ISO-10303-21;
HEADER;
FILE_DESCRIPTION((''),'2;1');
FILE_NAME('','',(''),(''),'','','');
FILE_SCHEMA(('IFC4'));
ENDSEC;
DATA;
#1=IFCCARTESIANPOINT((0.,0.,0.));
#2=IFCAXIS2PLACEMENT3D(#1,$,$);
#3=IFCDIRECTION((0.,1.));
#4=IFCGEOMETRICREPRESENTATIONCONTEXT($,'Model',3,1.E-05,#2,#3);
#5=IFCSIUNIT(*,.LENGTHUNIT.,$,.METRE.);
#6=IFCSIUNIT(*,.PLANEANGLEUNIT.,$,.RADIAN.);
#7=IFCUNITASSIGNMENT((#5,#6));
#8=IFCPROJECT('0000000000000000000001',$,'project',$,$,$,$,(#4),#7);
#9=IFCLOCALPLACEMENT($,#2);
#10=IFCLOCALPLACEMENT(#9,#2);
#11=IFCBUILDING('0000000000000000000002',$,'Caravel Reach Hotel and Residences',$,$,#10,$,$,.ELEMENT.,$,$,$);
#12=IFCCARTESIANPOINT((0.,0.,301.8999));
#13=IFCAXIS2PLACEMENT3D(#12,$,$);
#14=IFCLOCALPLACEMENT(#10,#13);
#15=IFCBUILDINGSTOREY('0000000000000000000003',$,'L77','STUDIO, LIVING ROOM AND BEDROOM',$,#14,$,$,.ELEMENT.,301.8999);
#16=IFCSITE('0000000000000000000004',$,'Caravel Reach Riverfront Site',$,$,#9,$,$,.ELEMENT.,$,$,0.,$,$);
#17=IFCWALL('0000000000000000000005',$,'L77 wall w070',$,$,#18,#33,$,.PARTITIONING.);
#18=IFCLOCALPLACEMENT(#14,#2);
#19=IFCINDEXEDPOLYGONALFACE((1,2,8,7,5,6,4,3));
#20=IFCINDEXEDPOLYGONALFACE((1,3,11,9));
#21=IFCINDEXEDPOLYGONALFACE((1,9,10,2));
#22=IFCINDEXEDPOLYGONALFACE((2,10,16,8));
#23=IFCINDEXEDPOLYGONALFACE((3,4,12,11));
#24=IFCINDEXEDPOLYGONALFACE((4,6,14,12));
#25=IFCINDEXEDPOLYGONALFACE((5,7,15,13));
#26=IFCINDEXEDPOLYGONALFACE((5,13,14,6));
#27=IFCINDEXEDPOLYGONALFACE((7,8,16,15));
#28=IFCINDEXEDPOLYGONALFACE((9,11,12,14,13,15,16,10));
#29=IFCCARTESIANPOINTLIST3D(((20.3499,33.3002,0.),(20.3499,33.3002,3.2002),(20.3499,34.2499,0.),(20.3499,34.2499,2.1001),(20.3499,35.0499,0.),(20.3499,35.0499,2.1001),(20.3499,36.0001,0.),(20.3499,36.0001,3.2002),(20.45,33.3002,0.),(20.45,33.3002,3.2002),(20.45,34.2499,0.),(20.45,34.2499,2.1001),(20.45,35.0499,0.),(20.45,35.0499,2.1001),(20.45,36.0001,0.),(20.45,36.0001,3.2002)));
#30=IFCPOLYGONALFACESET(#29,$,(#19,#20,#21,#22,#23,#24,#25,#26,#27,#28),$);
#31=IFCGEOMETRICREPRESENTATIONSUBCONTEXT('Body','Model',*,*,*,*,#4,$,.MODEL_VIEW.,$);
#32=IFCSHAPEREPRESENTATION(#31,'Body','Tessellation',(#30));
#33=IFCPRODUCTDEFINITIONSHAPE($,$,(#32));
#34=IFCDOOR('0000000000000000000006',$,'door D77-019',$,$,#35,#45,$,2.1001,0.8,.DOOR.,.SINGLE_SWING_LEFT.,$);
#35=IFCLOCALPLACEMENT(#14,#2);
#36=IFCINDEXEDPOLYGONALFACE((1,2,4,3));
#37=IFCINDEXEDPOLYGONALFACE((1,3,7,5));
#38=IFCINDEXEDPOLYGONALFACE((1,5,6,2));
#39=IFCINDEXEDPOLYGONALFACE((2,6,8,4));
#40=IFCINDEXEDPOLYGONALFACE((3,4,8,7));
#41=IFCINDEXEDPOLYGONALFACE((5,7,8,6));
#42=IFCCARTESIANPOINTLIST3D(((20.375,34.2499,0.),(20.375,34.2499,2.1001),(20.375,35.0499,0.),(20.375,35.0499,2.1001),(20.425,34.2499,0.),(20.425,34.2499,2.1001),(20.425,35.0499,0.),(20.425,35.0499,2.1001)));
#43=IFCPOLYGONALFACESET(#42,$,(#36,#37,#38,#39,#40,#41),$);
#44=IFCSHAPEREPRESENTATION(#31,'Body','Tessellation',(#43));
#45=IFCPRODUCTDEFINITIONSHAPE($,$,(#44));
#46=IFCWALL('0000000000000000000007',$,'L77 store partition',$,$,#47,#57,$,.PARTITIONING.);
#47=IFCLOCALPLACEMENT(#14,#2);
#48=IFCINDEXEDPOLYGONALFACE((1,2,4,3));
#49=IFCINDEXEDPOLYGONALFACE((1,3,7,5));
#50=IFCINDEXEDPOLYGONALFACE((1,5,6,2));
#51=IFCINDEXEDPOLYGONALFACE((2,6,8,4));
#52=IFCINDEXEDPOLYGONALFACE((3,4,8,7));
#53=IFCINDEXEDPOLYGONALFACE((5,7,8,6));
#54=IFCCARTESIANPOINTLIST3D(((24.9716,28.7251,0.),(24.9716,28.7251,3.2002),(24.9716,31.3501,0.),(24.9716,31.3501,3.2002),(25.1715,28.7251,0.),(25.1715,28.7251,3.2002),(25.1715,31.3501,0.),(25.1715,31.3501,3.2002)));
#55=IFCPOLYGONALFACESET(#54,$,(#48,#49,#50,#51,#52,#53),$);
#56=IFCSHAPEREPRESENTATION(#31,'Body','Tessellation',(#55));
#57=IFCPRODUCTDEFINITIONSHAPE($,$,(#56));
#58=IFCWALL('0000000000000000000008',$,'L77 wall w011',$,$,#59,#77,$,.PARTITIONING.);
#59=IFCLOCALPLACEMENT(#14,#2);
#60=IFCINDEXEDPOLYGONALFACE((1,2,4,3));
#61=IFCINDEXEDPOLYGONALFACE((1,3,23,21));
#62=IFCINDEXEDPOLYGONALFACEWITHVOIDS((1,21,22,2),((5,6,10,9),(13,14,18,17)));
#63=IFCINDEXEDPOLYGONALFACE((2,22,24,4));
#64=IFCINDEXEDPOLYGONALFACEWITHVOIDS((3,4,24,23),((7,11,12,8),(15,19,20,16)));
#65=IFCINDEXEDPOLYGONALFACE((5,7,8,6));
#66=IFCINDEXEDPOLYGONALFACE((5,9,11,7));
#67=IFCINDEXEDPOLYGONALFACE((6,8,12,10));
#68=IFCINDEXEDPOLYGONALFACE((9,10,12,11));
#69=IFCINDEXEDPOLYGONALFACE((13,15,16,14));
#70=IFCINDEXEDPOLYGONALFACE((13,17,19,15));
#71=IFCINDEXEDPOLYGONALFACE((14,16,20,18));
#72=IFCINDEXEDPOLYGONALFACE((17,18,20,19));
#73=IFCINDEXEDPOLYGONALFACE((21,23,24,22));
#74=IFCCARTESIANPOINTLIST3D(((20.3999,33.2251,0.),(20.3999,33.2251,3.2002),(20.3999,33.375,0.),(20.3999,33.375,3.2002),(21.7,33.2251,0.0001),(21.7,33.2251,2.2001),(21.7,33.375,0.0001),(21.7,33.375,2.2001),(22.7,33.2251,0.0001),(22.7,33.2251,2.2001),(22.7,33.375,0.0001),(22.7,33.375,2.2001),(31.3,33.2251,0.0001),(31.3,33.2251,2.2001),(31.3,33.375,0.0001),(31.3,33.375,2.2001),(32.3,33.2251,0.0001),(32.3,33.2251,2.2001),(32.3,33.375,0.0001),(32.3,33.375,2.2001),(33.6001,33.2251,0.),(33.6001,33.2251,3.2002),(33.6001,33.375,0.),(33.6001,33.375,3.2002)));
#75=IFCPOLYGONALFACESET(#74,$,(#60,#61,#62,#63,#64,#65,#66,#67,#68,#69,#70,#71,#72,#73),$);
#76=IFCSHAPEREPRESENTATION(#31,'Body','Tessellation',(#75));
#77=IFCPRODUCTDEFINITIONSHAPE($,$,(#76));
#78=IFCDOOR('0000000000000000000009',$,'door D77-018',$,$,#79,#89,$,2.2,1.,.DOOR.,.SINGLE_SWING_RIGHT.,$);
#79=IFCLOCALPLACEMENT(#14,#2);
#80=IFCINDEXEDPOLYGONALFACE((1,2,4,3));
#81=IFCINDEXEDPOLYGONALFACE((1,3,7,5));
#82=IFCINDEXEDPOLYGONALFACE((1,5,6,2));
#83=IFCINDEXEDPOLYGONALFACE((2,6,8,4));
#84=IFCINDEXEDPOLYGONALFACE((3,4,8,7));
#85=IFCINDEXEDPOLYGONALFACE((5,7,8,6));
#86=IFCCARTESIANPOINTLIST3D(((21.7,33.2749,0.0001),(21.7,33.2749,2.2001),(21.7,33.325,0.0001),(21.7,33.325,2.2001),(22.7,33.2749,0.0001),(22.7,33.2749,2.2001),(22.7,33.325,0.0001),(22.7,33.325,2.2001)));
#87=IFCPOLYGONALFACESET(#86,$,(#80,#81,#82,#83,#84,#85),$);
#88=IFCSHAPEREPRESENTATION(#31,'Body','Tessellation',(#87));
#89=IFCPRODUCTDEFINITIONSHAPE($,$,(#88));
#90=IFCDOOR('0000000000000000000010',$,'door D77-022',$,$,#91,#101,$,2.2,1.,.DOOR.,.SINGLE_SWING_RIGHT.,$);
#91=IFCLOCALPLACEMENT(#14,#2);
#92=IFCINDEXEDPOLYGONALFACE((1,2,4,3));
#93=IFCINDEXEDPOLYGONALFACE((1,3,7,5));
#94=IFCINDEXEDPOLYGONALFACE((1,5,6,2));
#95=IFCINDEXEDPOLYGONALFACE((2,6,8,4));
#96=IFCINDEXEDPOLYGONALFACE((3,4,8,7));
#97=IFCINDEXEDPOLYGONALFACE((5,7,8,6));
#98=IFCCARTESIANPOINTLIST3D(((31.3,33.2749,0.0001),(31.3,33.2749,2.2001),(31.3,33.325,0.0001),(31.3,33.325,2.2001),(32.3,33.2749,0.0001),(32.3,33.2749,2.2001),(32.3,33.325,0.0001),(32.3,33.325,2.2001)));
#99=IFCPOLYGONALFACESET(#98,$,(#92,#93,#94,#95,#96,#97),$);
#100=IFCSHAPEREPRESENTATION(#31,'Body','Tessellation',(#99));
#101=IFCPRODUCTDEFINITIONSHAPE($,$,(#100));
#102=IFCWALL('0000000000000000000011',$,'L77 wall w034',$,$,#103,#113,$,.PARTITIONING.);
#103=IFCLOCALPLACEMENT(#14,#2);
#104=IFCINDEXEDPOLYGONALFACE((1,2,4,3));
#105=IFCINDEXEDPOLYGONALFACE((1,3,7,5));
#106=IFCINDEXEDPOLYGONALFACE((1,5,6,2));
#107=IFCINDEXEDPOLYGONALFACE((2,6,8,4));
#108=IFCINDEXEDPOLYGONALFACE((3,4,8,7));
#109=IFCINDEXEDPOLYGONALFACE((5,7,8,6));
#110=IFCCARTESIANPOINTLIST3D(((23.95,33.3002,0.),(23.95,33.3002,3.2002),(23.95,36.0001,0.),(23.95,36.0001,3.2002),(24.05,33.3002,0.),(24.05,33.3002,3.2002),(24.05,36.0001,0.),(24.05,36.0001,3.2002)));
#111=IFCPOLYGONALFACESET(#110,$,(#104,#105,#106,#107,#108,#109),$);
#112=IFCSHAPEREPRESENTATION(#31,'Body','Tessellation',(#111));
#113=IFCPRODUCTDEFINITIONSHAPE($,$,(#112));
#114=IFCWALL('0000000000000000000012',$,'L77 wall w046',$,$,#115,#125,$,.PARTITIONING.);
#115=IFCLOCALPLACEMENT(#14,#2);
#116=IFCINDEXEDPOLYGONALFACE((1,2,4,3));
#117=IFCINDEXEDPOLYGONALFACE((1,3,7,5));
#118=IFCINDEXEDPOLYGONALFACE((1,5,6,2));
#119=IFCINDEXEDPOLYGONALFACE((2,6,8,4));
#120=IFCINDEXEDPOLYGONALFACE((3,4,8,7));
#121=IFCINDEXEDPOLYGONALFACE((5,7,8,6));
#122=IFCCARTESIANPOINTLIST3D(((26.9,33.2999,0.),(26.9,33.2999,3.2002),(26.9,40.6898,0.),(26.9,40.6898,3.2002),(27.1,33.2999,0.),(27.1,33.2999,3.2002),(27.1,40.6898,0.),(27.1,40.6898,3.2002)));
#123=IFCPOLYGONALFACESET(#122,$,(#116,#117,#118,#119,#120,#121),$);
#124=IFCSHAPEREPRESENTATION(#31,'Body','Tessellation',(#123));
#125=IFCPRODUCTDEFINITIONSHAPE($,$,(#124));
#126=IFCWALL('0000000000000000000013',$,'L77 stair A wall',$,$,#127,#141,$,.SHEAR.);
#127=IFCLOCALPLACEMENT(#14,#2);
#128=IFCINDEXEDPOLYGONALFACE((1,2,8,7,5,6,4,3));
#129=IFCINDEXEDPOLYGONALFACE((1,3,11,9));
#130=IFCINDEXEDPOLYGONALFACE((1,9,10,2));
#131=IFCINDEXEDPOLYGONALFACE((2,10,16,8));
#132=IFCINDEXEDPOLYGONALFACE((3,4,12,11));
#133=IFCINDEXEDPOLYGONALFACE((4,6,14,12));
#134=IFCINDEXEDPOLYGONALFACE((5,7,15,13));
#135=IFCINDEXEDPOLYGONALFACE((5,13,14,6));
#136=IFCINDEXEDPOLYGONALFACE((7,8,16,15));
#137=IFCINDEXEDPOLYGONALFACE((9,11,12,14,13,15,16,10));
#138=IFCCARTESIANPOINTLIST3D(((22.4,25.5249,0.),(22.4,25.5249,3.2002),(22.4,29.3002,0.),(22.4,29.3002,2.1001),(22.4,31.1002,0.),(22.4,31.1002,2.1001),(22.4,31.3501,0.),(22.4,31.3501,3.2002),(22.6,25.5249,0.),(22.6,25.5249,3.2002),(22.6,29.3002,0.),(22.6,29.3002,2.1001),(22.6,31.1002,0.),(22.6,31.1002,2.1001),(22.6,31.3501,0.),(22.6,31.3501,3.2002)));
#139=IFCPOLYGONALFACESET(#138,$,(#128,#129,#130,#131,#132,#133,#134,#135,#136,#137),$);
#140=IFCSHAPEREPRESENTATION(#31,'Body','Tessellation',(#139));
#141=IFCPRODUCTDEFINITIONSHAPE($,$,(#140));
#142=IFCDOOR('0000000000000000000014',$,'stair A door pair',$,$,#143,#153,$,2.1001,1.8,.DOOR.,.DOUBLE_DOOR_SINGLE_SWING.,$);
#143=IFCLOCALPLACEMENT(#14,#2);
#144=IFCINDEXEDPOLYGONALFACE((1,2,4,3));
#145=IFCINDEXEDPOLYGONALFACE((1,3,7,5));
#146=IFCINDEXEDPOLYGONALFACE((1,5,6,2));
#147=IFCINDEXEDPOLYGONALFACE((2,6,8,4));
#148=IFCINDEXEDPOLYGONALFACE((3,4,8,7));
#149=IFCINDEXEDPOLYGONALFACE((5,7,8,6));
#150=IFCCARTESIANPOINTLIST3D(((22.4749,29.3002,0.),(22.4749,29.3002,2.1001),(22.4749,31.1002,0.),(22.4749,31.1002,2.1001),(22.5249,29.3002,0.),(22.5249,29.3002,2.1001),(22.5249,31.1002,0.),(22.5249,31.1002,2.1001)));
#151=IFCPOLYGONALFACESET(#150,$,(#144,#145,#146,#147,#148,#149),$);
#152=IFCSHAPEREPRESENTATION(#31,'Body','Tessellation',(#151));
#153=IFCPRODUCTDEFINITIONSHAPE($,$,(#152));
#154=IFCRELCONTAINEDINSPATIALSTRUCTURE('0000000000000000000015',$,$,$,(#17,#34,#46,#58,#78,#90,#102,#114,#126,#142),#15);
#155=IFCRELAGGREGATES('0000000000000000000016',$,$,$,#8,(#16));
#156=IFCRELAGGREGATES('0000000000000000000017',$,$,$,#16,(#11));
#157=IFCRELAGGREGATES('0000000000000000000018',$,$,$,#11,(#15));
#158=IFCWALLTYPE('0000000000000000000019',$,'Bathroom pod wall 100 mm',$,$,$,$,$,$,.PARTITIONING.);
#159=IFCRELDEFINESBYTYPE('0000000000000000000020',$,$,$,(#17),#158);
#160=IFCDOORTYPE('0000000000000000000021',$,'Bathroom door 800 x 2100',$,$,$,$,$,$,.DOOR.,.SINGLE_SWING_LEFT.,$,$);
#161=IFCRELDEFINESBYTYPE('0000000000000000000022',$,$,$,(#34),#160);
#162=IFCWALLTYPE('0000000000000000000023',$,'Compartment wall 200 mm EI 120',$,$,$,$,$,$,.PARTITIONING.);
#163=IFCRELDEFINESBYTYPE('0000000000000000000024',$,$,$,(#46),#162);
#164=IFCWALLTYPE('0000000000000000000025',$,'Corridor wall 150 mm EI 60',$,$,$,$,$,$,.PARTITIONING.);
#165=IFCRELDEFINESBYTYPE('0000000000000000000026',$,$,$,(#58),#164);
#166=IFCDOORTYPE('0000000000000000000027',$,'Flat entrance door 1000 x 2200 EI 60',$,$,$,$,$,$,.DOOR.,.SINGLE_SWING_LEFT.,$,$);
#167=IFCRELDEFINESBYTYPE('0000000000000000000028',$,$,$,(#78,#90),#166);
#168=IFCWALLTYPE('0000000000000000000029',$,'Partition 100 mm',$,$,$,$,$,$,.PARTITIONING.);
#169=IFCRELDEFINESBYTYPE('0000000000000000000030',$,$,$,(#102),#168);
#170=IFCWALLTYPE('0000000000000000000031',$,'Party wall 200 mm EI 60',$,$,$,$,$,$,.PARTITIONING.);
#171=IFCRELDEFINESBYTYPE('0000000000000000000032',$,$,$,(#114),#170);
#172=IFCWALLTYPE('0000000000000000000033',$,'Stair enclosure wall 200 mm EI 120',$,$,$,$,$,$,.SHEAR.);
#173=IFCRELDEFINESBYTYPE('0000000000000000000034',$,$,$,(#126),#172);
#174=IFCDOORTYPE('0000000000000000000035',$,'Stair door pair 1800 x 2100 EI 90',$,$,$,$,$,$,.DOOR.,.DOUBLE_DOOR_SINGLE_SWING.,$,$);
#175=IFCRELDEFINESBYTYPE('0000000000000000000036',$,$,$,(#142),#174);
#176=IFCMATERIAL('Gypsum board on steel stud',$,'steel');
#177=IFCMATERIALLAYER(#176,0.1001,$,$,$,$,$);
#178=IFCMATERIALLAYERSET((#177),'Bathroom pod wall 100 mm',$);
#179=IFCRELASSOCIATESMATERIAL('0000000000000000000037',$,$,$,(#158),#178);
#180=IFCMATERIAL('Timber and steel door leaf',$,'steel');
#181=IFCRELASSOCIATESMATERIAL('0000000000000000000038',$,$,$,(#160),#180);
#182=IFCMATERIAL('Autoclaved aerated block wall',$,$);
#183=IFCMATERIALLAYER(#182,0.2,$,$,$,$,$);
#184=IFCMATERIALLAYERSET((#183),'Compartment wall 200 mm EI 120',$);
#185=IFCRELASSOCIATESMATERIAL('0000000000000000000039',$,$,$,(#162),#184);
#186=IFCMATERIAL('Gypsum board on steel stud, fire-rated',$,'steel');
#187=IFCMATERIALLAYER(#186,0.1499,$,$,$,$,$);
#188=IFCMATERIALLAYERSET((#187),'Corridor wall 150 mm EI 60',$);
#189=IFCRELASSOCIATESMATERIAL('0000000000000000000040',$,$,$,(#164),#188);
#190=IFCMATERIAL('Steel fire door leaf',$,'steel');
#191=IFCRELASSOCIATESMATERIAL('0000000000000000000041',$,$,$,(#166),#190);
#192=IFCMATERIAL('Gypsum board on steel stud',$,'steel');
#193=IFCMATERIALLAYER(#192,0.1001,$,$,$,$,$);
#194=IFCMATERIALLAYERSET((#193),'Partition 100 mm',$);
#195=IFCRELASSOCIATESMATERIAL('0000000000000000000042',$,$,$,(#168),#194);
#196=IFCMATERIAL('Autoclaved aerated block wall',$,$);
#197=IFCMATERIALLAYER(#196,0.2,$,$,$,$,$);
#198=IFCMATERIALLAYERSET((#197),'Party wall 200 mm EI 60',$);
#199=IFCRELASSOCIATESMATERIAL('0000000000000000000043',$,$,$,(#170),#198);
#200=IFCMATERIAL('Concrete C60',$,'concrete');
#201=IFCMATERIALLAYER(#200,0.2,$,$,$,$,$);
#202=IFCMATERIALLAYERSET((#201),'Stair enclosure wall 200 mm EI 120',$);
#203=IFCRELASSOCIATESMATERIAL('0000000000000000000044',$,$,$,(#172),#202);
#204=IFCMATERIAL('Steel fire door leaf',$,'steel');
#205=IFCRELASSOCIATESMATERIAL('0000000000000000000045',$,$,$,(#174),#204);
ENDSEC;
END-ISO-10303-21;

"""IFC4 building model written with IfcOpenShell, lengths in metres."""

from ifc_helpers import new_model, si_unit, direction, frame, frame_2d, origin, place, context, subcontext, project, spatial, rectangle, extrude, material, layer, layer_set, type_object, element, fill, save


model = new_model("IFC4")

# Units and contexts
model_context = context("Model", 3, precision=1e-05, world=origin(), true_north=direction((0.0, 1.0)))
body_context = subcontext(model_context, "Body", "Model", "MODEL_VIEW")
ifc_project = project(units=[si_unit("LENGTHUNIT", "METRE"), si_unit("PLANEANGLEUNIT", "RADIAN")], contexts=[model_context])

# Site, building, storey
site_placement = place(None, origin())
site = spatial("IfcSite", under=ifc_project, at=site_placement, Name="Caravel Reach Riverfront Site", CompositionType="ELEMENT", RefElevation=0.0)
building_placement = place(site_placement, origin())
building = spatial("IfcBuilding", under=site, at=building_placement, Name="Caravel Reach Hotel and Residences", CompositionType="ELEMENT")
storey_placement = place(building_placement, frame((0.0, 0.0, 301.8999)))
storey = spatial("IfcBuildingStorey", under=building, at=storey_placement, Name="L77", Description="STUDIO, LIVING ROOM AND BEDROOM", CompositionType="ELEMENT", Elevation=301.8999)

# Wall, opening, door
ifc_material_1 = material(Name="Gypsum board on steel stud", Category="steel")
ifc_layer_1 = layer(ifc_material_1, 0.1001)
ifc_layer_set_1 = layer_set([ifc_layer_1], Name="Bathroom pod wall 100 mm")
wall_type_1 = type_object("IfcWallType", Name="Bathroom pod wall 100 mm", PredefinedType="PARTITIONING", material=ifc_layer_set_1)
wall_1_placement = place(storey_placement, frame((20.3999, 33.3, 0.0), z_axis=(0.0, 0.0, 1.0), x_axis=(0.0, 1.0, 0.0)))
wall_1 = element("IfcWall", 1, at=wall_1_placement, inside=storey, type_object=wall_type_1, Name="L77 wall w070", PredefinedType="PARTITIONING", context=body_context, shape_type="SweptSolid", body=[
    extrude(rectangle(XDim=2.7, YDim=0.1001, at=frame_2d((1.3501, 0.0))), origin(), (0.0, 0.0, 1.0), 3.2002),
])
opening_1_placement = place(wall_1_placement, frame((0.95, 0.0, 0.0)))
opening_1 = element("IfcOpeningElement", 2, at=opening_1_placement, cuts=wall_1, PredefinedType="OPENING", context=body_context, shape_type="SweptSolid", body=[
    extrude(rectangle(XDim=0.8, YDim=2.1001, at=frame_2d((0.3999, 1.05))), frame((0.0, 0.0601, 0.0), z_axis=(0.0, -1.0, 0.0), x_axis=(1.0, 0.0, 0.0)), (0.0, 0.0, 1.0), 0.1201),
])
ifc_material_2 = material(Name="Timber and steel door leaf", Category="steel")
door_type_1 = type_object("IfcDoorType", Name="Bathroom door 800 x 2100", OperationType="SINGLE_SWING_LEFT", PredefinedType="DOOR", material=ifc_material_2)
door_1_placement = place(opening_1_placement, origin())
door_1 = element("IfcDoor", 3, at=door_1_placement, inside=storey, type_object=door_type_1, Name="door D77-019", OperationType="SINGLE_SWING_LEFT", OverallHeight=2.1001, OverallWidth=0.8, PredefinedType="DOOR", context=body_context, shape_type="SweptSolid", body=[
    extrude(rectangle(XDim=0.8, YDim=2.1001, at=frame_2d((0.3999, 1.05))), frame((0.0, 0.0249, 0.0), z_axis=(0.0, -1.0, 0.0), x_axis=(1.0, 0.0, 0.0)), (0.0, 0.0, 1.0), 0.05),
])
fill(opening_1, door_1)

# Wall
ifc_material_3 = material(Name="Autoclaved aerated block wall")
ifc_layer_2 = layer(ifc_material_3, 0.2)
ifc_layer_set_2 = layer_set([ifc_layer_2], Name="Compartment wall 200 mm EI 120")
wall_type_2 = type_object("IfcWallType", Name="Compartment wall 200 mm EI 120", PredefinedType="PARTITIONING", material=ifc_layer_set_2)
wall_2_placement = place(storey_placement, frame((25.0715, 28.7251, 0.0), z_axis=(0.0, 0.0, 1.0), x_axis=(0.0, 1.0, 0.0)))
element("IfcWall", 4, at=wall_2_placement, inside=storey, type_object=wall_type_2, Name="L77 store partition", PredefinedType="PARTITIONING", context=body_context, shape_type="SweptSolid", body=[
    extrude(rectangle(XDim=2.625, YDim=0.2, at=frame_2d((1.3125, 0.0))), origin(), (0.0, 0.0, 1.0), 3.2002),
])

# Wall, openings, doors
ifc_material_4 = material(Name="Gypsum board on steel stud, fire-rated", Category="steel")
ifc_layer_3 = layer(ifc_material_4, 0.1499)
ifc_layer_set_3 = layer_set([ifc_layer_3], Name="Corridor wall 150 mm EI 60")
wall_type_3 = type_object("IfcWallType", Name="Corridor wall 150 mm EI 60", PredefinedType="PARTITIONING", material=ifc_layer_set_3)
wall_3_placement = place(storey_placement, frame((20.3999, 33.3, 0.0), z_axis=(0.0, 0.0, 1.0), x_axis=(1.0, 0.0, 0.0)))
wall_3 = element("IfcWall", 5, at=wall_3_placement, inside=storey, type_object=wall_type_3, Name="L77 wall w011", PredefinedType="PARTITIONING", context=body_context, shape_type="SweptSolid", body=[
    extrude(rectangle(XDim=13.2002, YDim=0.1499, at=frame_2d((6.6001, 0.0))), origin(), (0.0, 0.0, 1.0), 3.2002),
])
opening_2_placement = place(wall_3_placement, frame((1.3, 0.0, 0.0)))
opening_2 = element("IfcOpeningElement", 6, at=opening_2_placement, cuts=wall_3, PredefinedType="OPENING", context=body_context, shape_type="SweptSolid", body=[
    extrude(rectangle(XDim=1.0, YDim=2.2, at=frame_2d((0.5, 1.1001))), frame((0.0, 0.085, 0.0), z_axis=(0.0, -1.0, 0.0), x_axis=(1.0, 0.0, 0.0)), (0.0, 0.0, 1.0), 0.1699),
])
opening_3_placement = place(wall_3_placement, frame((10.9001, 0.0, 0.0)))
opening_3 = element("IfcOpeningElement", 7, at=opening_3_placement, cuts=wall_3, PredefinedType="OPENING", context=body_context, shape_type="SweptSolid", body=[
    extrude(rectangle(XDim=1.0, YDim=2.2, at=frame_2d((0.5, 1.1001))), frame((0.0, 0.085, 0.0), z_axis=(0.0, -1.0, 0.0), x_axis=(1.0, 0.0, 0.0)), (0.0, 0.0, 1.0), 0.1699),
])
ifc_material_5 = material(Name="Steel fire door leaf", Category="steel")
door_type_2 = type_object("IfcDoorType", Name="Flat entrance door 1000 x 2200 EI 60", OperationType="SINGLE_SWING_LEFT", PredefinedType="DOOR", material=ifc_material_5)
door_2_placement = place(opening_2_placement, origin())
door_2 = element("IfcDoor", 8, at=door_2_placement, inside=storey, type_object=door_type_2, Name="door D77-018", OperationType="SINGLE_SWING_RIGHT", OverallHeight=2.2, OverallWidth=1.0, PredefinedType="DOOR", context=body_context, shape_type="SweptSolid", body=[
    extrude(rectangle(XDim=1.0, YDim=2.2, at=frame_2d((0.5, 1.1001))), frame((0.0, 0.0249, 0.0), z_axis=(0.0, -1.0, 0.0), x_axis=(1.0, 0.0, 0.0)), (0.0, 0.0, 1.0), 0.05),
])
fill(opening_2, door_2)
door_3_placement = place(opening_3_placement, origin())
door_3 = element("IfcDoor", 9, at=door_3_placement, inside=storey, type_object=door_type_2, Name="door D77-022", OperationType="SINGLE_SWING_RIGHT", OverallHeight=2.2, OverallWidth=1.0, PredefinedType="DOOR", context=body_context, shape_type="SweptSolid", body=[
    extrude(rectangle(XDim=1.0, YDim=2.2, at=frame_2d((0.5, 1.1001))), frame((0.0, 0.0249, 0.0), z_axis=(0.0, -1.0, 0.0), x_axis=(1.0, 0.0, 0.0)), (0.0, 0.0, 1.0), 0.05),
])
fill(opening_3, door_3)

# Walls
ifc_material_6 = material(Name="Gypsum board on steel stud", Category="steel")
ifc_layer_4 = layer(ifc_material_6, 0.1001)
ifc_layer_set_4 = layer_set([ifc_layer_4], Name="Partition 100 mm")
wall_type_4 = type_object("IfcWallType", Name="Partition 100 mm", PredefinedType="PARTITIONING", material=ifc_layer_set_4)
wall_4_placement = place(storey_placement, frame((24.0, 33.3, 0.0), z_axis=(0.0, 0.0, 1.0), x_axis=(0.0, 1.0, 0.0)))
element("IfcWall", 10, at=wall_4_placement, inside=storey, type_object=wall_type_4, Name="L77 wall w034", PredefinedType="PARTITIONING", context=body_context, shape_type="SweptSolid", body=[
    extrude(rectangle(XDim=2.7, YDim=0.1001, at=frame_2d((1.3501, 0.0))), origin(), (0.0, 0.0, 1.0), 3.2002),
])
ifc_material_7 = material(Name="Autoclaved aerated block wall")
ifc_layer_5 = layer(ifc_material_7, 0.2)
ifc_layer_set_5 = layer_set([ifc_layer_5], Name="Party wall 200 mm EI 60")
wall_type_5 = type_object("IfcWallType", Name="Party wall 200 mm EI 60", PredefinedType="PARTITIONING", material=ifc_layer_set_5)
wall_5_placement = place(storey_placement, frame((27.0, 33.3, 0.0), z_axis=(0.0, 0.0, 1.0), x_axis=(0.0, 1.0, 0.0)))
element("IfcWall", 11, at=wall_5_placement, inside=storey, type_object=wall_type_5, Name="L77 wall w046", PredefinedType="PARTITIONING", context=body_context, shape_type="SweptSolid", body=[
    extrude(rectangle(XDim=7.3899, YDim=0.2, at=frame_2d((3.6948, 0.0))), origin(), (0.0, 0.0, 1.0), 3.2002),
])

# Wall, opening, door
ifc_material_8 = material(Name="Concrete C60", Category="concrete")
ifc_layer_6 = layer(ifc_material_8, 0.2)
ifc_layer_set_6 = layer_set([ifc_layer_6], Name="Stair enclosure wall 200 mm EI 120")
wall_type_6 = type_object("IfcWallType", Name="Stair enclosure wall 200 mm EI 120", PredefinedType="SHEAR", material=ifc_layer_set_6)
wall_6_placement = place(storey_placement, frame((22.5, 31.3501, 0.0), z_axis=(0.0, 0.0, 1.0), x_axis=(0.0, -1.0, 0.0)))
wall_6 = element("IfcWall", 12, at=wall_6_placement, inside=storey, type_object=wall_type_6, Name="L77 stair A wall", PredefinedType="SHEAR", context=body_context, shape_type="SweptSolid", body=[
    extrude(rectangle(XDim=5.8252, YDim=0.2, at=frame_2d((2.9126, 0.0))), origin(), (0.0, 0.0, 1.0), 3.2002),
])
opening_4_placement = place(wall_6_placement, frame((0.25, 0.0, 0.0)))
opening_4 = element("IfcOpeningElement", 13, at=opening_4_placement, cuts=wall_6, PredefinedType="OPENING", context=body_context, shape_type="SweptSolid", body=[
    extrude(rectangle(XDim=1.8, YDim=2.1001, at=frame_2d((0.8999, 1.05))), frame((0.0, 0.1099, 0.0), z_axis=(0.0, -1.0, 0.0), x_axis=(1.0, 0.0, 0.0)), (0.0, 0.0, 1.0), 0.22),
])
ifc_material_9 = material(Name="Steel fire door leaf", Category="steel")
door_type_3 = type_object("IfcDoorType", Name="Stair door pair 1800 x 2100 EI 90", OperationType="DOUBLE_DOOR_SINGLE_SWING", PredefinedType="DOOR", material=ifc_material_9)
door_4_placement = place(opening_4_placement, origin())
door_4 = element("IfcDoor", 14, at=door_4_placement, inside=storey, type_object=door_type_3, Name="stair A door pair", OperationType="DOUBLE_DOOR_SINGLE_SWING", OverallHeight=2.1001, OverallWidth=1.8, PredefinedType="DOOR", context=body_context, shape_type="SweptSolid", body=[
    extrude(rectangle(XDim=1.8, YDim=2.1001, at=frame_2d((0.8999, 1.05))), frame((0.0, 0.0249, 0.0), z_axis=(0.0, -1.0, 0.0), x_axis=(1.0, 0.0, 0.0)), (0.0, 0.0, 1.0), 0.05),
])
fill(opening_4, door_4)

save(model, "model.ifc")
